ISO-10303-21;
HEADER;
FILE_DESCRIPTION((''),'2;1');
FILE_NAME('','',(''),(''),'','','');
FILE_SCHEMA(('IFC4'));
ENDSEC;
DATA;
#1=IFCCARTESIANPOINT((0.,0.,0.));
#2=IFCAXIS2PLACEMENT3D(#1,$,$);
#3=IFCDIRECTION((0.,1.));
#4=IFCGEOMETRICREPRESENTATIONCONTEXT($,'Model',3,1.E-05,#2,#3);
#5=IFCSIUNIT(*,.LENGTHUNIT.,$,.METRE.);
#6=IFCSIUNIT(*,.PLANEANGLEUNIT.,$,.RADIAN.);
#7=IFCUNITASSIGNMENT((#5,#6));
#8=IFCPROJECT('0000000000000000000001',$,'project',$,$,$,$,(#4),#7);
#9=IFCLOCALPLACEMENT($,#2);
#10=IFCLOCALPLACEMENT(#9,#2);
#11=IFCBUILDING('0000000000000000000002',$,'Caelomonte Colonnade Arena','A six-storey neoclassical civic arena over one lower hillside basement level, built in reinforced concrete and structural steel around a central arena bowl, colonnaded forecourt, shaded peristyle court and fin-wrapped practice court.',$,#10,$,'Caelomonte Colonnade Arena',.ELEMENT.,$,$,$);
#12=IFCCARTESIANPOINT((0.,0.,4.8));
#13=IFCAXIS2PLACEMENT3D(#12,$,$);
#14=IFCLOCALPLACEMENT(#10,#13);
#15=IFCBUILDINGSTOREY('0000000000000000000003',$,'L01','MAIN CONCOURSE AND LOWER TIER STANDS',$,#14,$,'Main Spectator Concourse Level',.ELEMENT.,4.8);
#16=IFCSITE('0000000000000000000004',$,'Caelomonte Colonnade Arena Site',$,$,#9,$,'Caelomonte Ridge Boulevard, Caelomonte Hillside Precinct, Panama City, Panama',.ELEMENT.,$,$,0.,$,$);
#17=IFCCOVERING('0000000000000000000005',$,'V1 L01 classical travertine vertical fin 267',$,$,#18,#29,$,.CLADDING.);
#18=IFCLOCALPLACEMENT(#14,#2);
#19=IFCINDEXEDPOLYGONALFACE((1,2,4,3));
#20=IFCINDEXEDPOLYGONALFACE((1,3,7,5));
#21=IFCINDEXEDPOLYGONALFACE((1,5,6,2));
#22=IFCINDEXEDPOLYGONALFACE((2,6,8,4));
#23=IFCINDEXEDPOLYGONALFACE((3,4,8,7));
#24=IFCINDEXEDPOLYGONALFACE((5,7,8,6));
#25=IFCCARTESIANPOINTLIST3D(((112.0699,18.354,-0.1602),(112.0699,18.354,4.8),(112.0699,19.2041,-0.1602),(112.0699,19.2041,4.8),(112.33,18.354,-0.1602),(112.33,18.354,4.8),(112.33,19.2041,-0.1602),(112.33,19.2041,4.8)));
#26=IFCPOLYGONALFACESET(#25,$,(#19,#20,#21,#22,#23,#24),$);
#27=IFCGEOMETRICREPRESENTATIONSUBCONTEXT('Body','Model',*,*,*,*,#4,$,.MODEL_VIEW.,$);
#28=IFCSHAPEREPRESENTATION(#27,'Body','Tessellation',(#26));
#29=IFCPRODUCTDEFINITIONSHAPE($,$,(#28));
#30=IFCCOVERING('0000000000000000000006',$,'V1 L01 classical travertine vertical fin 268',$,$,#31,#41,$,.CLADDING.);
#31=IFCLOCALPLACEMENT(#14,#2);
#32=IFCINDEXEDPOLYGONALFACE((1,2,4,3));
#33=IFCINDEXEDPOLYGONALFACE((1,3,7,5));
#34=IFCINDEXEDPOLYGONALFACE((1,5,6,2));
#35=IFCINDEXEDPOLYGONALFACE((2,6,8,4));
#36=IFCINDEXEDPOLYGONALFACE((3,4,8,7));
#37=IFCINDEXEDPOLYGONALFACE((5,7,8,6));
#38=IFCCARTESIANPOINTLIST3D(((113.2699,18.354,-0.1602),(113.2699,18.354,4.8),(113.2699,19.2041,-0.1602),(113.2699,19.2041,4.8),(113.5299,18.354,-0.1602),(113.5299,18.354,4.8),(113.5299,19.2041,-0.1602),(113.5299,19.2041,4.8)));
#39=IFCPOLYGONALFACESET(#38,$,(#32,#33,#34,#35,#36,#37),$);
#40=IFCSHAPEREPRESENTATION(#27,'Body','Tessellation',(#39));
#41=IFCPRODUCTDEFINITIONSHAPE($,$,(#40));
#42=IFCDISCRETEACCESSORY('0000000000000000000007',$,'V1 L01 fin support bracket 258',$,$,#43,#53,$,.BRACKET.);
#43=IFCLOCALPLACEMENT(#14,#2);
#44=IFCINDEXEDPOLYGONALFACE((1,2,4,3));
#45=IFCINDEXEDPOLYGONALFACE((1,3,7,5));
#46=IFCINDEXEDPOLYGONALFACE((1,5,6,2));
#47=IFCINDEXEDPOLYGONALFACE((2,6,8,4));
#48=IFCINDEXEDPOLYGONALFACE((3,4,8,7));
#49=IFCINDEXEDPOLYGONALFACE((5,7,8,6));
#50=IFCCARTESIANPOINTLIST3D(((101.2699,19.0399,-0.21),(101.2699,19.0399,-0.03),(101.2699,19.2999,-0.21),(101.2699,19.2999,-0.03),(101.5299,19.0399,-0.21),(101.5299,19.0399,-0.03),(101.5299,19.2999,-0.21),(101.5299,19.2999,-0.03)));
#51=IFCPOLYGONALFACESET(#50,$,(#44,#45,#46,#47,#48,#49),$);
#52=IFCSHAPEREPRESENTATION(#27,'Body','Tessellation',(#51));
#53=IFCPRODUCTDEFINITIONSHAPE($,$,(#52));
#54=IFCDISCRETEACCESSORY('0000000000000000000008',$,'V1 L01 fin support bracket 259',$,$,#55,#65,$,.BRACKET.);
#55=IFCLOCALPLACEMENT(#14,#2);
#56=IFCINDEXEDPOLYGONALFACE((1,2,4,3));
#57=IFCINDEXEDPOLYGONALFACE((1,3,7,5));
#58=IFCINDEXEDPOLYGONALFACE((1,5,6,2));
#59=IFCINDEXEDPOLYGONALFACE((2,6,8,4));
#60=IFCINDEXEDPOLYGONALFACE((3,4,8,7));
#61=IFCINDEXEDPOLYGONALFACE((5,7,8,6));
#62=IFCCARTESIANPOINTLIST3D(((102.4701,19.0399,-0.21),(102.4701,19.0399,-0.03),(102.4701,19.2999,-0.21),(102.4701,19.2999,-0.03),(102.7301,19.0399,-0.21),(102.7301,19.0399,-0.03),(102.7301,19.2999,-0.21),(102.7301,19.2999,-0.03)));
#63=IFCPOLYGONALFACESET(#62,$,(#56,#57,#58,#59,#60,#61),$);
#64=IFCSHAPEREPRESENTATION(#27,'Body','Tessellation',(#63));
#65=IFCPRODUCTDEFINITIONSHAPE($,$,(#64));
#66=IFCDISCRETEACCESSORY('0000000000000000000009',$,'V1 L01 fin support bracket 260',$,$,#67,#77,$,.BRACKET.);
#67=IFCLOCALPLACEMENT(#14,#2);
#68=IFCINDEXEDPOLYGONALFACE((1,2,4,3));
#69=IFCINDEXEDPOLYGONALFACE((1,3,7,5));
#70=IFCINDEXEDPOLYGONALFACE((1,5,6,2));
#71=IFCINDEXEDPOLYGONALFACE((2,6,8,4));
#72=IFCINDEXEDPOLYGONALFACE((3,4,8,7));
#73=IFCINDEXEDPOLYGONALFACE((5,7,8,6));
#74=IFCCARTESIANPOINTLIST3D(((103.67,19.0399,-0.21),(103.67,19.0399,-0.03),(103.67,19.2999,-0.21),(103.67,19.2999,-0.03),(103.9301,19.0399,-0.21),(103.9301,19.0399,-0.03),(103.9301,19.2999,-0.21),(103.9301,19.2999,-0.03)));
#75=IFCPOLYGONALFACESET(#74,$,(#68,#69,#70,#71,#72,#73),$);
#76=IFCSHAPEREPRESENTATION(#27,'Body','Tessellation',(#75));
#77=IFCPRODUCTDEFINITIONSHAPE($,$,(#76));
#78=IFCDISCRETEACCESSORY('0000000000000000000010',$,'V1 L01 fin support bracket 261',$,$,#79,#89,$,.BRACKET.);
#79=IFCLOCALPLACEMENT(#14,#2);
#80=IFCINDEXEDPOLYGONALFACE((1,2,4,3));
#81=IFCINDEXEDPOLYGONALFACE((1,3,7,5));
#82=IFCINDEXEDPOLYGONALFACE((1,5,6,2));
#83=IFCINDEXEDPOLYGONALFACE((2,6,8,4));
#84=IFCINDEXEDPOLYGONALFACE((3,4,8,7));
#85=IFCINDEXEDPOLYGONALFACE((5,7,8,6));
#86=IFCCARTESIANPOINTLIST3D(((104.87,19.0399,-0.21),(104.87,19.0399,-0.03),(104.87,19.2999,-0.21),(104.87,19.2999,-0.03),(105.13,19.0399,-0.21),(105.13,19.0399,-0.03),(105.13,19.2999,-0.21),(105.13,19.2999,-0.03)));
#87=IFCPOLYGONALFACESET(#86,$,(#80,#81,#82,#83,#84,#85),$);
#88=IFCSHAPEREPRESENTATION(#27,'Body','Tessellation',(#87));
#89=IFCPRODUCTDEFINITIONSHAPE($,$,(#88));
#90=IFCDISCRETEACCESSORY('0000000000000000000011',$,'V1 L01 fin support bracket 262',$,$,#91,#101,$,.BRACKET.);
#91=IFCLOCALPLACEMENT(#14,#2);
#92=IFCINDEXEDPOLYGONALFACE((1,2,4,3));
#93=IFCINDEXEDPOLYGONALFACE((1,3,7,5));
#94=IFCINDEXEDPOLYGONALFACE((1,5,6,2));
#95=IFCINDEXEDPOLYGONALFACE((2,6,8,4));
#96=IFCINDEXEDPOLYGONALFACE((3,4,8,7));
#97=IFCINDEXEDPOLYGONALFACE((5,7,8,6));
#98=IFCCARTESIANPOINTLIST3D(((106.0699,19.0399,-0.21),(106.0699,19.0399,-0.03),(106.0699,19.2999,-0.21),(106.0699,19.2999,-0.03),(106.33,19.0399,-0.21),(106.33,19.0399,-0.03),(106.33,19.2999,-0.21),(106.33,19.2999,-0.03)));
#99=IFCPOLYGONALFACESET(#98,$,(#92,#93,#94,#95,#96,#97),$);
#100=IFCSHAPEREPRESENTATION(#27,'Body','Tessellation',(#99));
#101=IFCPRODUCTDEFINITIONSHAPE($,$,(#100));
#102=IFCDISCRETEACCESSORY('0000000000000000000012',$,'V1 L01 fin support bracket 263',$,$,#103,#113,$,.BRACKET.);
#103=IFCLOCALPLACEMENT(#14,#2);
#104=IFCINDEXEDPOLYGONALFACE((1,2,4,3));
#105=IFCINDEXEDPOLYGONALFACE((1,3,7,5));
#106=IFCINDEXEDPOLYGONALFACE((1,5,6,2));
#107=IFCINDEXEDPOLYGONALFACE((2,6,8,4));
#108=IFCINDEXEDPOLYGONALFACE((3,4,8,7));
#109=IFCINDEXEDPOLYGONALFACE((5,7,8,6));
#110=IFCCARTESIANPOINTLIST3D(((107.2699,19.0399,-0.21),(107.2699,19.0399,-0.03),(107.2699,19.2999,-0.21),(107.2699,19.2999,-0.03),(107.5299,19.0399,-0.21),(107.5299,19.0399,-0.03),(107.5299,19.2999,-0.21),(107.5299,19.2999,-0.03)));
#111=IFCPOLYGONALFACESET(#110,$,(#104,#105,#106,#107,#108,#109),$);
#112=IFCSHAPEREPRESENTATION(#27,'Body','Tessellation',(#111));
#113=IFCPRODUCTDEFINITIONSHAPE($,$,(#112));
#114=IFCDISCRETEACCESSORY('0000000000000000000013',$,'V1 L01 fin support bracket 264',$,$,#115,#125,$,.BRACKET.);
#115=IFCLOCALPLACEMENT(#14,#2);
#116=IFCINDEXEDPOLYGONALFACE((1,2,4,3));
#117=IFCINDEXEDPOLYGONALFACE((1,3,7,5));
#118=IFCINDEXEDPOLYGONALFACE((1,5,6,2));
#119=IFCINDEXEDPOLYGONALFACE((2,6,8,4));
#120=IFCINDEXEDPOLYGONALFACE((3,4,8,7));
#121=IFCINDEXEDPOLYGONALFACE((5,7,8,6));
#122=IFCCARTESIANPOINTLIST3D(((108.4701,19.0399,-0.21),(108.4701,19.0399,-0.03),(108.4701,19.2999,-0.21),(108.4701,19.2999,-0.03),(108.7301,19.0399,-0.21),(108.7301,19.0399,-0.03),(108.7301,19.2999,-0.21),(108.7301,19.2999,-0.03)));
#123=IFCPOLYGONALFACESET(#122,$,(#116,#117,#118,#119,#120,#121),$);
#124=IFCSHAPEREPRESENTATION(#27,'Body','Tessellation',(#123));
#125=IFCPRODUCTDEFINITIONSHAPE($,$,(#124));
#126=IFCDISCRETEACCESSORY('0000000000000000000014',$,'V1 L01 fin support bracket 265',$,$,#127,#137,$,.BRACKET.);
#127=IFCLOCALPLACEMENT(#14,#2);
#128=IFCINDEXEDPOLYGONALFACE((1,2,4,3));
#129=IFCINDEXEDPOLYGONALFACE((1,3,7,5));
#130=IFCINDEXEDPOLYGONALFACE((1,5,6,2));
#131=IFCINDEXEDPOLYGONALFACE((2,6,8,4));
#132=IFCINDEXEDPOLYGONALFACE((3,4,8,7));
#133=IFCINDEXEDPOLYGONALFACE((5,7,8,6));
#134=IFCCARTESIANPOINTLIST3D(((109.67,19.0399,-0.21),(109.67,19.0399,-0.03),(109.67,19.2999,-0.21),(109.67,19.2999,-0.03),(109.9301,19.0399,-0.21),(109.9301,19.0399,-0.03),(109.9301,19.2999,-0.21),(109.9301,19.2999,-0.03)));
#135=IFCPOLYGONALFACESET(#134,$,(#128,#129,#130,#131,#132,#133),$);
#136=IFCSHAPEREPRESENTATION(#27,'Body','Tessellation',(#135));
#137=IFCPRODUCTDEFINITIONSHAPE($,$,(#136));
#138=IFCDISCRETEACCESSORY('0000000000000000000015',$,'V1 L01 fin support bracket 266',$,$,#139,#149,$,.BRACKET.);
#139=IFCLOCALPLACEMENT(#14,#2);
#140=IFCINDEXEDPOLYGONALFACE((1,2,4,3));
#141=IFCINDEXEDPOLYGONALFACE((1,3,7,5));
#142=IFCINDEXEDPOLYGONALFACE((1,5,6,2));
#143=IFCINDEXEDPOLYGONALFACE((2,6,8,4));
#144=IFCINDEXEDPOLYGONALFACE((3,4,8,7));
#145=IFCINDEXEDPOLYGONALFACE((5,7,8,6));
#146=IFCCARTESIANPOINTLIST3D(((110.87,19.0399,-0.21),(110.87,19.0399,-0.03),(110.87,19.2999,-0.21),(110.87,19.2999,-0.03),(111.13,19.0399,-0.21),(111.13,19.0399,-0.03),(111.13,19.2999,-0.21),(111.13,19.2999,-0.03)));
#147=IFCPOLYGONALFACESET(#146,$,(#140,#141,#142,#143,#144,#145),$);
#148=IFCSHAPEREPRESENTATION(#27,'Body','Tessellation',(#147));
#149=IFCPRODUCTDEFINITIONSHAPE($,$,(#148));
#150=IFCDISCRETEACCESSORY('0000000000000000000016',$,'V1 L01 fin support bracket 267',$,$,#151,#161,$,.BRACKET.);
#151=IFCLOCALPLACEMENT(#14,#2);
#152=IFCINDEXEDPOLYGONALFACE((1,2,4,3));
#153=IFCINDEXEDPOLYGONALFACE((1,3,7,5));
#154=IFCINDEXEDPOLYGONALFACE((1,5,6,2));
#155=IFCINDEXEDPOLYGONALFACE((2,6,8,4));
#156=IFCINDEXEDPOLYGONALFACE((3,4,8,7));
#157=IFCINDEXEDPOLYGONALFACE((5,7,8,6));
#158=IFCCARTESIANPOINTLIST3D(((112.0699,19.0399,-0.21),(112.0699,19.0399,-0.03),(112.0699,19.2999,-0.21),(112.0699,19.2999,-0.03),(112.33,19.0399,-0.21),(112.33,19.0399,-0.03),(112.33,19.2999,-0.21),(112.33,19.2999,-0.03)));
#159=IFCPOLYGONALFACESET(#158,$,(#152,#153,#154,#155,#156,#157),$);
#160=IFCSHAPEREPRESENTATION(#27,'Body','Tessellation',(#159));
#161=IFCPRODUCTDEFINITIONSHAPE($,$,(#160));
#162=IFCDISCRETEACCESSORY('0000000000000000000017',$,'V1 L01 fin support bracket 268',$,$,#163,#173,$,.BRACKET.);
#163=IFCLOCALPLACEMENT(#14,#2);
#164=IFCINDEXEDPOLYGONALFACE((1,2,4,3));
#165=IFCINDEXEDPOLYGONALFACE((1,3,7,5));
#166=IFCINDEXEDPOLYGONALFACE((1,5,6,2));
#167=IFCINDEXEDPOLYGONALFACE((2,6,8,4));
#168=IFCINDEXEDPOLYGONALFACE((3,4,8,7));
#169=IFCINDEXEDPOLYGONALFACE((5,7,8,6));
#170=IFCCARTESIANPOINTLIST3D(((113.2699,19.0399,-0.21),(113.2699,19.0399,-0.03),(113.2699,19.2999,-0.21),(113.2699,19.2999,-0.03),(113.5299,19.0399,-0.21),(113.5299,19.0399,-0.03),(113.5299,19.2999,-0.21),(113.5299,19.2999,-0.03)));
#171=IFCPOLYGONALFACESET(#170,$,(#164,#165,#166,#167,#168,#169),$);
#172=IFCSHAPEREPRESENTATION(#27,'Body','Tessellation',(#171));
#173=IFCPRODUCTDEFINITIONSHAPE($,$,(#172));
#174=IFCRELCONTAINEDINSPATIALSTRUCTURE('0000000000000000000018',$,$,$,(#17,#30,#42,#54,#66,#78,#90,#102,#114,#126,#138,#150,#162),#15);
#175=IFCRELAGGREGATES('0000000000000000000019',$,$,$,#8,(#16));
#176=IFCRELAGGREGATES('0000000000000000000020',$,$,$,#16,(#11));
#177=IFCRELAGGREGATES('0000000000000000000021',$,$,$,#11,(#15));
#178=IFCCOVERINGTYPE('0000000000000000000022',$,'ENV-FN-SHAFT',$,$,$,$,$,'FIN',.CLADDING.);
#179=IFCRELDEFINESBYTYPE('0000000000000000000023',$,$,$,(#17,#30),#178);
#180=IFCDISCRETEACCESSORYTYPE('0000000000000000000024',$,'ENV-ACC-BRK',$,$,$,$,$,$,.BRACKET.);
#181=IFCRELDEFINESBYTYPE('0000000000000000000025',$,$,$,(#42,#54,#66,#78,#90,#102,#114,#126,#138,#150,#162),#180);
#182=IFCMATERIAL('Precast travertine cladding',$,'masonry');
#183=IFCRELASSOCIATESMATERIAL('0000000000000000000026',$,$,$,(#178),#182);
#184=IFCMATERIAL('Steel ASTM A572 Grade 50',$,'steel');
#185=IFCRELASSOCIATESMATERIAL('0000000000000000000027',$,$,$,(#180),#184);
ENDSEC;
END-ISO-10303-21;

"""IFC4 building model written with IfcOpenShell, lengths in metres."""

from ifc_helpers import new_model, si_unit, direction, frame, origin, origin_2d, place, context, subcontext, project, spatial, rectangle, extrude, material, material_profile, profile_set, type_object, element, save


model = new_model("IFC4")

# Units and contexts
model_context = context("Model", 3, precision=1e-05, world=origin(), true_north=direction((0.0, 1.0)))
body_context = subcontext(model_context, "Body", "Model", "MODEL_VIEW")
ifc_project = project(units=[si_unit("LENGTHUNIT", "METRE"), si_unit("PLANEANGLEUNIT", "RADIAN")], contexts=[model_context])

# Site, building, storey
site_placement = place(None, origin())
site = spatial("IfcSite", under=ifc_project, at=site_placement, Name="Caelomonte Colonnade Arena Site", LongName="Caelomonte Ridge Boulevard, Caelomonte Hillside Precinct, Panama City, Panama", CompositionType="ELEMENT", RefElevation=0.0)
building_placement = place(site_placement, origin())
building = spatial("IfcBuilding", under=site, at=building_placement, Name="Caelomonte Colonnade Arena", Description="A six-storey neoclassical civic arena over one lower hillside basement level, built in reinforced concrete and structural steel around a central arena bowl, colonnaded forecourt, shaded peristyle court and fin-wrapped practice court.", LongName="Caelomonte Colonnade Arena", CompositionType="ELEMENT")
storey_placement = place(building_placement, frame((0.0, 0.0, 4.8)))
storey = spatial("IfcBuildingStorey", under=building, at=storey_placement, Name="L01", Description="MAIN CONCOURSE AND LOWER TIER STANDS", LongName="Main Spectator Concourse Level", CompositionType="ELEMENT", Elevation=4.8)

# Coverings
ifc_material_1 = material(Name="Precast travertine cladding", Category="masonry")
ifc_material_profile_1 = material_profile(ifc_material_1, rectangle(XDim=0.26, YDim=0.8501, at=origin_2d()), Name="FIN260X850")
ifc_profile_set_1 = profile_set([ifc_material_profile_1], Name="Precast travertine cladding")
covering_type = type_object("IfcCoveringType", Name="ENV-FN-SHAFT", ElementType="FIN", PredefinedType="CLADDING", material=ifc_profile_set_1)
for number, where, z_axis, x_axis, name in (
    (1, (112.2, 18.7791, -0.1602), (0.0, 0.0, 1.0), (-1.0, 0.0, 0.0), "V1 L01 classical travertine vertical fin 267"),
    (2, (113.3999, 18.7791, -0.1602), (0.0, 0.0, 1.0), (-1.0, 0.0, 0.0), "V1 L01 classical travertine vertical fin 268"),
):
    element("IfcCovering", number, at=place(storey_placement, frame(where, z_axis=z_axis, x_axis=x_axis)), inside=storey, type_object=covering_type, Name=name, PredefinedType="CLADDING", context=body_context, shape_type="SweptSolid", body=[
        extrude(rectangle(XDim=0.26, YDim=0.8501, at=origin_2d()), origin(), (0.0, 0.0, 1.0), 4.9602),
    ])

# Discrete accessories
ifc_material_2 = material(Name="Steel ASTM A572 Grade 50", Category="steel")
discrete_accessory_type = type_object("IfcDiscreteAccessoryType", Name="ENV-ACC-BRK", PredefinedType="BRACKET", material=ifc_material_2)
for number, where, z_axis, x_axis, name in (
    (3, (101.3999, 19.1699, -0.21), (0.0, 0.0, 1.0), (1.0, 0.0, 0.0), "V1 L01 fin support bracket 258"),
    (4, (102.6001, 19.1699, -0.21), (0.0, 0.0, 1.0), (1.0, 0.0, 0.0), "V1 L01 fin support bracket 259"),
    (5, (103.8, 19.1699, -0.21), (0.0, 0.0, 1.0), (1.0, 0.0, 0.0), "V1 L01 fin support bracket 260"),
    (6, (105.0, 19.1699, -0.21), (0.0, 0.0, 1.0), (1.0, 0.0, 0.0), "V1 L01 fin support bracket 261"),
    (7, (106.2, 19.1699, -0.21), (0.0, 0.0, 1.0), (1.0, 0.0, 0.0), "V1 L01 fin support bracket 262"),
    (8, (107.3999, 19.1699, -0.21), (0.0, 0.0, 1.0), (1.0, 0.0, 0.0), "V1 L01 fin support bracket 263"),
    (9, (108.6001, 19.1699, -0.21), (0.0, 0.0, 1.0), (1.0, 0.0, 0.0), "V1 L01 fin support bracket 264"),
    (10, (109.8, 19.1699, -0.21), (0.0, 0.0, 1.0), (1.0, 0.0, 0.0), "V1 L01 fin support bracket 265"),
    (11, (111.0, 19.1699, -0.21), (0.0, 0.0, 1.0), (1.0, 0.0, 0.0), "V1 L01 fin support bracket 266"),
    (12, (112.2, 19.1699, -0.21), (0.0, 0.0, 1.0), (1.0, 0.0, 0.0), "V1 L01 fin support bracket 267"),
    (13, (113.3999, 19.1699, -0.21), (0.0, 0.0, 1.0), (1.0, 0.0, 0.0), "V1 L01 fin support bracket 268"),
):
    element("IfcDiscreteAccessory", number, at=place(storey_placement, frame(where, z_axis=z_axis, x_axis=x_axis)), inside=storey, type_object=discrete_accessory_type, Name=name, PredefinedType="BRACKET", context=body_context, shape_type="SweptSolid", body=[
        extrude(rectangle(XDim=0.26, YDim=0.26, at=origin_2d()), origin(), (0.0, 0.0, 1.0), 0.1799),
    ])

save(model, "model.ifc")
